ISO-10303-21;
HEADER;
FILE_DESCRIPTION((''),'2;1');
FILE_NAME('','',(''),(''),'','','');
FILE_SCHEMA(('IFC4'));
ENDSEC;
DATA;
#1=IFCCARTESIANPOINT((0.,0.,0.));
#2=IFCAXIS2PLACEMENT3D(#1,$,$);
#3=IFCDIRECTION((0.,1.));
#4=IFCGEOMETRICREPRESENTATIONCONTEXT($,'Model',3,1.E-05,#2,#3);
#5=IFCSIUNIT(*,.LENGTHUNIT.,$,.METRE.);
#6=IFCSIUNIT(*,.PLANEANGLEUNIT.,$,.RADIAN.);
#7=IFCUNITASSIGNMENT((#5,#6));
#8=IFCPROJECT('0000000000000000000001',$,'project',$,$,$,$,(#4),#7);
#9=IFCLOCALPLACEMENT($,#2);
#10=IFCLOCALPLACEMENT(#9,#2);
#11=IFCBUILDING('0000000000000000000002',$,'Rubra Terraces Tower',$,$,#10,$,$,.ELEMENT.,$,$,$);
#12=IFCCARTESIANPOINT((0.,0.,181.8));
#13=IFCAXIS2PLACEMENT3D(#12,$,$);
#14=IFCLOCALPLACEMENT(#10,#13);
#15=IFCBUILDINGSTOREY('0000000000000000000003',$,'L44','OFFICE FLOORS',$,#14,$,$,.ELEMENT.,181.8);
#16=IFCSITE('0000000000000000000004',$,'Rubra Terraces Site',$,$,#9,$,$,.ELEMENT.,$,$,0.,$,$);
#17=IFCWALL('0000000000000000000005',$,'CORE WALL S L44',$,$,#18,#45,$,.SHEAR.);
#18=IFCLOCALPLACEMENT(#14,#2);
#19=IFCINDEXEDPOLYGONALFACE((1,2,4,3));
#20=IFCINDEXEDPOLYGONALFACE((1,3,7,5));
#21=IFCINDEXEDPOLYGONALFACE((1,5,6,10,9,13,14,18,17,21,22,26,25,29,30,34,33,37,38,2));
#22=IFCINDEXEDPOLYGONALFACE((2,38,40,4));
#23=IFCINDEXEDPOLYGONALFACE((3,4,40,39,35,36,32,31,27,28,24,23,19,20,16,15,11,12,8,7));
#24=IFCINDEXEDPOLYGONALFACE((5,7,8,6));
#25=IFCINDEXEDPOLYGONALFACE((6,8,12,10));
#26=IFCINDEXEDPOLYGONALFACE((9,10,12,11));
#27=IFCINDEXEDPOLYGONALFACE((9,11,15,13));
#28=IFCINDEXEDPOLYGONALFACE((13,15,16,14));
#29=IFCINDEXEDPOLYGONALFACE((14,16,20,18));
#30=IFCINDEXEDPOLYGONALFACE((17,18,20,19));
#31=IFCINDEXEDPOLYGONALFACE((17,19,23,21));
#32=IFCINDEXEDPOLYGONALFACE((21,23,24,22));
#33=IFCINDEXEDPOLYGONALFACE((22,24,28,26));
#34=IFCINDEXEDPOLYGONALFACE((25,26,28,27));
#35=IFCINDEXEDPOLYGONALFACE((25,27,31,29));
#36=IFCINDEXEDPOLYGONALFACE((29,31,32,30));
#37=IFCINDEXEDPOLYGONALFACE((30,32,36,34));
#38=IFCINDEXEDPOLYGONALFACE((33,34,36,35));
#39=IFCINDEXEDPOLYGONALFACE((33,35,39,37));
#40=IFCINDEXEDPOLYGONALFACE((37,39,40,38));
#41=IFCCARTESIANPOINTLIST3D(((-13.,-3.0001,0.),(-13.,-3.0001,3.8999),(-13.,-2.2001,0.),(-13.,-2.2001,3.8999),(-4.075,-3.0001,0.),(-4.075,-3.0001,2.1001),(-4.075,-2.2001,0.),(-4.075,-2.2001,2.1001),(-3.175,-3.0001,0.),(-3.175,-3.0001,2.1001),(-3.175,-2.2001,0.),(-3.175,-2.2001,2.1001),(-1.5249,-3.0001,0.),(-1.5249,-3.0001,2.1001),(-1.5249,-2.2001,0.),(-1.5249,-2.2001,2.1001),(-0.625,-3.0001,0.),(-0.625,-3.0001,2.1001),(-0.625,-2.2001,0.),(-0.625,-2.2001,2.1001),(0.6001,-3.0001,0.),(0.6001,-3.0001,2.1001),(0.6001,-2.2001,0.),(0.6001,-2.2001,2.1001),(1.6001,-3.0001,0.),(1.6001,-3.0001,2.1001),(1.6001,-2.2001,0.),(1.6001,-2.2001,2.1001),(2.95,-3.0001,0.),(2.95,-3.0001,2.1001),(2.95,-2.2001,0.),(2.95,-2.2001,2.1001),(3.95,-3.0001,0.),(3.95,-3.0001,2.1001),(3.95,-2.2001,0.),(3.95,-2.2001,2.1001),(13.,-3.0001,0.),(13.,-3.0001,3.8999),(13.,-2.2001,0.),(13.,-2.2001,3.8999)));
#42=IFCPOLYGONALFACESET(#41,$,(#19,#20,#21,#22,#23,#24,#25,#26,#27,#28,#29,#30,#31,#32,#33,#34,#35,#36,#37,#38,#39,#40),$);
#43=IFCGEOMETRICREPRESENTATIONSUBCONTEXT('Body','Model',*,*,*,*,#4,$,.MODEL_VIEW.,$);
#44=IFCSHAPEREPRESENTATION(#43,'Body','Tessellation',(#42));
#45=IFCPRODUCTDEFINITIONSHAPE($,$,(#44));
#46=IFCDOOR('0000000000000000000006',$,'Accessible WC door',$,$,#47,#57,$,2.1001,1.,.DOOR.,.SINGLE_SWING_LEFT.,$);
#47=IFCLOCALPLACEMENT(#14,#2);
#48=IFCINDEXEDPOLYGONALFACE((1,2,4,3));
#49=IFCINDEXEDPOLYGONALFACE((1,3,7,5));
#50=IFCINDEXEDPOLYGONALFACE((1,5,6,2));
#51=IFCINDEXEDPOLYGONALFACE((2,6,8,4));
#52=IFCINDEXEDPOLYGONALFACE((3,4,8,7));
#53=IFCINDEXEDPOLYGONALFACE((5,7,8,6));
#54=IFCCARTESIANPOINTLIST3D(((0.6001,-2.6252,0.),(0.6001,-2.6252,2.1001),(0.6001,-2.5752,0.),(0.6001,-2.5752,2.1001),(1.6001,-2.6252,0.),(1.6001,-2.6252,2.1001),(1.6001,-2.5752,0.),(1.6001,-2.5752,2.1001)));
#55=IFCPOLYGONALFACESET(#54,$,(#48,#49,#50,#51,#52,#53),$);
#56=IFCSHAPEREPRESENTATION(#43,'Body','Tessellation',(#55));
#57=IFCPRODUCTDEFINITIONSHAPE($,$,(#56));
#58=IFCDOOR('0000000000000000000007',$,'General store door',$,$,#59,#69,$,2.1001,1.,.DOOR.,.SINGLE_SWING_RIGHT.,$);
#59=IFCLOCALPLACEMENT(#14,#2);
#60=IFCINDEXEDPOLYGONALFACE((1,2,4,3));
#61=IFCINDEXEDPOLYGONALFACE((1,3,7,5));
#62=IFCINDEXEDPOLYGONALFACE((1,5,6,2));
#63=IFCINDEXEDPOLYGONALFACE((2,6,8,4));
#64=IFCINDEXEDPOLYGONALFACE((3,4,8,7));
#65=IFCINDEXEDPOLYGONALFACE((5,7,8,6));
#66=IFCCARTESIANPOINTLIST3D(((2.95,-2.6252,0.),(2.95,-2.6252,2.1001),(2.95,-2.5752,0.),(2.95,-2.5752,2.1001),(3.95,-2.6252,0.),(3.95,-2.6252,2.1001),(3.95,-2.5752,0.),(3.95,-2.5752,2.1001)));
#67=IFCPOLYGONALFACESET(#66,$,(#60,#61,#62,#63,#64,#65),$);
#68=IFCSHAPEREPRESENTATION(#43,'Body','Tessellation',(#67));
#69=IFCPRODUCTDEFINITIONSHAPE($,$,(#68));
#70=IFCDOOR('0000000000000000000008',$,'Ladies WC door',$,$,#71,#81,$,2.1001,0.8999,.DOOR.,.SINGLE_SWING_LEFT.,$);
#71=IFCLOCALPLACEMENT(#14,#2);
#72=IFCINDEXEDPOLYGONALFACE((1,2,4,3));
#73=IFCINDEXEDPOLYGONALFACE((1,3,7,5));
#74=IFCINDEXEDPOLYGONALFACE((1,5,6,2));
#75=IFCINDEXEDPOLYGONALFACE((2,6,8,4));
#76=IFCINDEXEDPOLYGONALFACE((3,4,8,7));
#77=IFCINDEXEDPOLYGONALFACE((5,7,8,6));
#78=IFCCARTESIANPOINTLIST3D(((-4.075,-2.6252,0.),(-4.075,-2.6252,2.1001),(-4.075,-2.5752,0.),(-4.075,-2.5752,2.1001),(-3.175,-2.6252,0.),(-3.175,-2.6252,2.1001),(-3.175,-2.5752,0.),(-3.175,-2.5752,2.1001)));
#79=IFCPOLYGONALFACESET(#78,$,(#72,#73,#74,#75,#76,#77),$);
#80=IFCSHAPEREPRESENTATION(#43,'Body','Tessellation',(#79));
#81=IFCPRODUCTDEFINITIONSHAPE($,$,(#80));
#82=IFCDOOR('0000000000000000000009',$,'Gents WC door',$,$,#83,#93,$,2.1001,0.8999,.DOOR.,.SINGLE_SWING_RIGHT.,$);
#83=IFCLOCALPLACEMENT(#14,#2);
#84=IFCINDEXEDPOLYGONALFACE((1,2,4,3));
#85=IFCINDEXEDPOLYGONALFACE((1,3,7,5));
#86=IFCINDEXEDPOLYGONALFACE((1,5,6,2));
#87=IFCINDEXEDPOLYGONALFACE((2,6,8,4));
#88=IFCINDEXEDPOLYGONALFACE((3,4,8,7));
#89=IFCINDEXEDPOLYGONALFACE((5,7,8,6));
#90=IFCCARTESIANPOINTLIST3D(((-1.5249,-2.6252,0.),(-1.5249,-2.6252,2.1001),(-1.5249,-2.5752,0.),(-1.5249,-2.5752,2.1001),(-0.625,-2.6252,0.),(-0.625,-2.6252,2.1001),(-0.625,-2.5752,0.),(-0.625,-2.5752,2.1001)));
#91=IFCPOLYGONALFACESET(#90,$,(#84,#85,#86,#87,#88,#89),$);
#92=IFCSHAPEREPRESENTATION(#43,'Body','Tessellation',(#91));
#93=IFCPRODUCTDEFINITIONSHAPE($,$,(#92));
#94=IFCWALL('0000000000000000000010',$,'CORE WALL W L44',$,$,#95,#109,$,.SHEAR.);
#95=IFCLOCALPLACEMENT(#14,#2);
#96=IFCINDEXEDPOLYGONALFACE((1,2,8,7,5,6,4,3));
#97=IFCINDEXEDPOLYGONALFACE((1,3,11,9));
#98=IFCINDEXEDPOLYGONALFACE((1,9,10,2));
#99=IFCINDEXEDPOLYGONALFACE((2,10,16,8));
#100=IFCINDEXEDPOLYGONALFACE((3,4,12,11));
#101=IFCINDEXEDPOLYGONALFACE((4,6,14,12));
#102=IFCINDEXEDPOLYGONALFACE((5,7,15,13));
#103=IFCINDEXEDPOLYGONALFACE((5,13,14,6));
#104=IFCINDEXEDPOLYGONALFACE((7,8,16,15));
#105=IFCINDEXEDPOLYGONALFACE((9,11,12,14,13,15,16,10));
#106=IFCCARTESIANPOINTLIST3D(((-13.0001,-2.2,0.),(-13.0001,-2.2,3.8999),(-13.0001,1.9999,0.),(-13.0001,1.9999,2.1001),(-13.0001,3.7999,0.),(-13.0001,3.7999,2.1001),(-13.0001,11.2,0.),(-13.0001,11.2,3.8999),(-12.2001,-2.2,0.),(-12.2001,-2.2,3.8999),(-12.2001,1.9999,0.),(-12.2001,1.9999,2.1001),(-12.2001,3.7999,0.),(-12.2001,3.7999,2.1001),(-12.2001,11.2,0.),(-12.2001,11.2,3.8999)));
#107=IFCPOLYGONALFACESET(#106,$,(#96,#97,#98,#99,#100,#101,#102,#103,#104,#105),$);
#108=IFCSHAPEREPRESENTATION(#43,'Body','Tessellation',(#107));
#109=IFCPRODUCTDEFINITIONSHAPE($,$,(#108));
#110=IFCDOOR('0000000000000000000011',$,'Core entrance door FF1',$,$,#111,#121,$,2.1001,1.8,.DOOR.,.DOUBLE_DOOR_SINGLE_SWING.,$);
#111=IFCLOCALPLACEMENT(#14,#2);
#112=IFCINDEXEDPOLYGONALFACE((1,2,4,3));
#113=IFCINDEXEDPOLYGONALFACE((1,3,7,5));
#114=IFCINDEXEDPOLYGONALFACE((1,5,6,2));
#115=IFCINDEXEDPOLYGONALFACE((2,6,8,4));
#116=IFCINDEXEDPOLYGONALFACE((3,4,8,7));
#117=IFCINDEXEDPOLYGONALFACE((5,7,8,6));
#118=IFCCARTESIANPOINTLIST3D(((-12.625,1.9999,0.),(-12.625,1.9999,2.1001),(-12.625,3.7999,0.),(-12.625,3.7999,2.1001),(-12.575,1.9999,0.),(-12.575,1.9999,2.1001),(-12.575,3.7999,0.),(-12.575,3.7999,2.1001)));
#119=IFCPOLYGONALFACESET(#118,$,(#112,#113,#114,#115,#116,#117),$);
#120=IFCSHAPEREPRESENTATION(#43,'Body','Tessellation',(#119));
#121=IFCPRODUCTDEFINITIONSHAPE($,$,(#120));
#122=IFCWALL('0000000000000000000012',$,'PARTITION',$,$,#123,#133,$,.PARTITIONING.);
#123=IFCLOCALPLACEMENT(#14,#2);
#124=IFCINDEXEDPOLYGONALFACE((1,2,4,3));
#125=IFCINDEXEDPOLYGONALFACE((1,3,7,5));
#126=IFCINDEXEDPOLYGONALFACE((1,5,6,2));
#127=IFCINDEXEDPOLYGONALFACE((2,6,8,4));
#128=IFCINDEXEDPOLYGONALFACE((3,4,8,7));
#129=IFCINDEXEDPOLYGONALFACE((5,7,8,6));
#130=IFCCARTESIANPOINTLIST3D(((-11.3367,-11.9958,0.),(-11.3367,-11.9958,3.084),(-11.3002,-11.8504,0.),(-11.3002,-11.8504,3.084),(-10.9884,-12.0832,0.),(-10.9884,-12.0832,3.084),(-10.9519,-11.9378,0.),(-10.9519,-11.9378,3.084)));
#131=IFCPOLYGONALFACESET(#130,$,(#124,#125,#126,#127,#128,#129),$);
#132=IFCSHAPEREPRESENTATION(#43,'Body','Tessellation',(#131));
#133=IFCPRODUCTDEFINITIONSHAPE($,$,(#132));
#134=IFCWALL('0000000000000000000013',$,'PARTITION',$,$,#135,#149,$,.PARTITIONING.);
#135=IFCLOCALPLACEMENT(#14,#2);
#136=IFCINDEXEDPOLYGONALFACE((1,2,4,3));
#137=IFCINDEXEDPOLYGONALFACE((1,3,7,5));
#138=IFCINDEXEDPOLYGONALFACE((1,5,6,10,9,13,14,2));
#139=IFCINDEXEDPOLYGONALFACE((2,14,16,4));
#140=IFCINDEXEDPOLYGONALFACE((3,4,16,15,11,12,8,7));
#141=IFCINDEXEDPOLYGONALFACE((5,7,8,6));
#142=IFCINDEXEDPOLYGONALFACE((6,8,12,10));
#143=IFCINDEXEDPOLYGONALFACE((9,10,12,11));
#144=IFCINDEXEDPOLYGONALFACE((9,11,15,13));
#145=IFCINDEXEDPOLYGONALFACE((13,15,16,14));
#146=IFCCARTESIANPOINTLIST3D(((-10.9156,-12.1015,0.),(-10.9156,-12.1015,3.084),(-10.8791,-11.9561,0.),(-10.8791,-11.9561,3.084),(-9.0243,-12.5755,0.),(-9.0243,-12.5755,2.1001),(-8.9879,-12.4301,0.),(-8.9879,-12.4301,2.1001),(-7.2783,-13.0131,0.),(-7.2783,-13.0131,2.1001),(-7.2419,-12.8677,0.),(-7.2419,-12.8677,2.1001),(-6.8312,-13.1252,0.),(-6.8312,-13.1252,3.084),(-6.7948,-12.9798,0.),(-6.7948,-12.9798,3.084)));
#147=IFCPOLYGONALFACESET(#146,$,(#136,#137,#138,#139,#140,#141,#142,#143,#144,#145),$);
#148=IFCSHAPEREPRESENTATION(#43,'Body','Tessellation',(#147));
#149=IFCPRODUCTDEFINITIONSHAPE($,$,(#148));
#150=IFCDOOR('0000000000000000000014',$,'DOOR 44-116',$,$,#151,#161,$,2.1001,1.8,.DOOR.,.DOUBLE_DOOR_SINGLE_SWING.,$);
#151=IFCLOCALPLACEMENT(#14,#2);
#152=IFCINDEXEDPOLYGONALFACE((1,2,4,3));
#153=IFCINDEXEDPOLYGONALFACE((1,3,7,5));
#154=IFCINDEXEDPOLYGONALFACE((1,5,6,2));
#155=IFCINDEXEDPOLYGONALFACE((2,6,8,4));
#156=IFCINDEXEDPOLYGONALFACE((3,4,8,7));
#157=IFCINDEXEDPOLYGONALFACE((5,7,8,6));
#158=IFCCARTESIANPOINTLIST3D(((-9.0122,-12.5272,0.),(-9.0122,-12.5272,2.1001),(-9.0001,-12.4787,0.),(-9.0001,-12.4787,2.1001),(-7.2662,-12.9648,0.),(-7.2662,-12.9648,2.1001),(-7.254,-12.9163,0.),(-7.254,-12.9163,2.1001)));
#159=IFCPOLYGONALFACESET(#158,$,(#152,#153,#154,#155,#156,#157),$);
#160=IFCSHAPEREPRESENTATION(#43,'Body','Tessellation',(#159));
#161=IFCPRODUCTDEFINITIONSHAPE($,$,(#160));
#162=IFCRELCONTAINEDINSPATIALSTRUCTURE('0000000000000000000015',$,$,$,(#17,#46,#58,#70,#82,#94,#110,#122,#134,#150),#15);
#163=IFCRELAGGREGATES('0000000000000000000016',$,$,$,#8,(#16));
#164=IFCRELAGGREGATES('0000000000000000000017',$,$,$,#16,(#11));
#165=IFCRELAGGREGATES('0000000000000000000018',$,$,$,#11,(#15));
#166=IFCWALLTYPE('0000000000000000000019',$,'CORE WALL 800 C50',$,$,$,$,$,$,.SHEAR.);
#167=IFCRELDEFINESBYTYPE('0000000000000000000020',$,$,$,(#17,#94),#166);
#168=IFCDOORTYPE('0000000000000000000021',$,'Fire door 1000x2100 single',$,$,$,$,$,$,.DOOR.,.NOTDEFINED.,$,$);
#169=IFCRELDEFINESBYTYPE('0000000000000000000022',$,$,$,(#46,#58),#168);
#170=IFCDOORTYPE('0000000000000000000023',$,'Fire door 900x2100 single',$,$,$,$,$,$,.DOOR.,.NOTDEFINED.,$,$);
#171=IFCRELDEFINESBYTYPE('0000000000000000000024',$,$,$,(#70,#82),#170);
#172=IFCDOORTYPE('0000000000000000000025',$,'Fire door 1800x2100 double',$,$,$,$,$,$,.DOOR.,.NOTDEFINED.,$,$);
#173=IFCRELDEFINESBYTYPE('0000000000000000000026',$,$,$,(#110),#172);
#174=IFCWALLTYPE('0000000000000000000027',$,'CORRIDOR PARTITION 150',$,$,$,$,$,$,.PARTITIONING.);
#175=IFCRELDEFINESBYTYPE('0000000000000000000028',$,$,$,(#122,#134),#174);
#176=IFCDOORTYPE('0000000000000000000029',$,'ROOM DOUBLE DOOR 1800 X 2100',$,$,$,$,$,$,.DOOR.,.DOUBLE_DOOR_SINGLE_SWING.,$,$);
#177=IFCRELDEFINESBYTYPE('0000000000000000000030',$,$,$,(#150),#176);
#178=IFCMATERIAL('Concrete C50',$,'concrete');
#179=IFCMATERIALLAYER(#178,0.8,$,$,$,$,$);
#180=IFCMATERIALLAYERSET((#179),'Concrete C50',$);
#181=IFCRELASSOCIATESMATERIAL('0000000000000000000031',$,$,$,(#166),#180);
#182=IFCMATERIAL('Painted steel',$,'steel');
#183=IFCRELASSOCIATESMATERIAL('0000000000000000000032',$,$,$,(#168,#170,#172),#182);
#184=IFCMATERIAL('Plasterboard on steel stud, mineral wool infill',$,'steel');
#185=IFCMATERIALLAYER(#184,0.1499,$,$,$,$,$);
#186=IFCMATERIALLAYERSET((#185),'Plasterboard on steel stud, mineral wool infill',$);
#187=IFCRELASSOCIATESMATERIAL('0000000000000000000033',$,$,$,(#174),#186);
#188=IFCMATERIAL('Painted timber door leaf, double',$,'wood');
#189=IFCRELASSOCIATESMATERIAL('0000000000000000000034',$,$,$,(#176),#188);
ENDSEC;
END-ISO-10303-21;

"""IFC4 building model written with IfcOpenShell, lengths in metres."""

from ifc_helpers import new_model, si_unit, direction, frame, frame_2d, origin, place, context, subcontext, project, spatial, rectangle, extrude, material, layer, layer_set, type_object, element, fill, save


model = new_model("IFC4")

# Units and contexts
model_context = context("Model", 3, precision=1e-05, world=origin(), true_north=direction((0.0, 1.0)))
body_context = subcontext(model_context, "Body", "Model", "MODEL_VIEW")
ifc_project = project(units=[si_unit("LENGTHUNIT", "METRE"), si_unit("PLANEANGLEUNIT", "RADIAN")], contexts=[model_context])

# Site, building, storey
site_placement = place(None, origin())
site = spatial("IfcSite", under=ifc_project, at=site_placement, Name="Rubra Terraces Site", CompositionType="ELEMENT", RefElevation=0.0)
building_placement = place(site_placement, origin())
building = spatial("IfcBuilding", under=site, at=building_placement, Name="Rubra Terraces Tower", CompositionType="ELEMENT")
storey_placement = place(building_placement, frame((0.0, 0.0, 181.8)))
storey = spatial("IfcBuildingStorey", under=building, at=storey_placement, Name="L44", Description="OFFICE FLOORS", CompositionType="ELEMENT", Elevation=181.8)

# Wall, openings, doors
ifc_material_1 = material(Name="Concrete C50", Category="concrete")
ifc_layer_1 = layer(ifc_material_1, 0.8)
ifc_layer_set_1 = layer_set([ifc_layer_1], Name="Concrete C50")
wall_type_1 = type_object("IfcWallType", Name="CORE WALL 800 C50", PredefinedType="SHEAR", material=ifc_layer_set_1)
wall_1_placement = place(storey_placement, frame((-13.0, -2.6001, 0.0), z_axis=(0.0, 0.0, 1.0), x_axis=(1.0, 0.0, 0.0)))
wall_1 = element("IfcWall", 1, at=wall_1_placement, inside=storey, type_object=wall_type_1, Name="CORE WALL S L44", PredefinedType="SHEAR", context=body_context, shape_type="SweptSolid", body=[
    extrude(rectangle(XDim=26.0, YDim=0.8, at=frame_2d((13.0, 0.0))), origin(), (0.0, 0.0, 1.0), 3.8999),
])
opening_1_placement = place(wall_1_placement, frame((8.925, 0.0, 0.0)))
opening_1 = element("IfcOpeningElement", 2, at=opening_1_placement, cuts=wall_1, PredefinedType="OPENING", context=body_context, shape_type="SweptSolid", body=[
    extrude(rectangle(XDim=0.8999, YDim=2.1001, at=frame_2d((0.45, 1.05))), frame((0.0, 0.4099, 0.0), z_axis=(0.0, -1.0, 0.0), x_axis=(1.0, 0.0, 0.0)), (0.0, 0.0, 1.0), 0.8201),
])
opening_2_placement = place(wall_1_placement, frame((11.4751, 0.0, 0.0)))
opening_2 = element("IfcOpeningElement", 3, at=opening_2_placement, cuts=wall_1, PredefinedType="OPENING", context=body_context, shape_type="SweptSolid", body=[
    extrude(rectangle(XDim=0.8999, YDim=2.1001, at=frame_2d((0.45, 1.05))), frame((0.0, 0.4099, 0.0), z_axis=(0.0, -1.0, 0.0), x_axis=(1.0, 0.0, 0.0)), (0.0, 0.0, 1.0), 0.8201),
])
opening_3_placement = place(wall_1_placement, frame((13.6001, 0.0, 0.0)))
opening_3 = element("IfcOpeningElement", 4, at=opening_3_placement, cuts=wall_1, PredefinedType="OPENING", context=body_context, shape_type="SweptSolid", body=[
    extrude(rectangle(XDim=1.0, YDim=2.1001, at=frame_2d((0.5, 1.05))), frame((0.0, 0.4099, 0.0), z_axis=(0.0, -1.0, 0.0), x_axis=(1.0, 0.0, 0.0)), (0.0, 0.0, 1.0), 0.8201),
])
opening_4_placement = place(wall_1_placement, frame((15.95, 0.0, 0.0)))
opening_4 = element("IfcOpeningElement", 5, at=opening_4_placement, cuts=wall_1, PredefinedType="OPENING", context=body_context, shape_type="SweptSolid", body=[
    extrude(rectangle(XDim=1.0, YDim=2.1001, at=frame_2d((0.5, 1.05))), frame((0.0, 0.4099, 0.0), z_axis=(0.0, -1.0, 0.0), x_axis=(1.0, 0.0, 0.0)), (0.0, 0.0, 1.0), 0.8201),
])
ifc_material_2 = material(Name="Painted steel", Category="steel")
door_type_1 = type_object("IfcDoorType", Name="Fire door 1000x2100 single", OperationType="NOTDEFINED", PredefinedType="DOOR", material=ifc_material_2)
door_1_placement = place(opening_3_placement, origin())
door_1 = element("IfcDoor", 6, at=door_1_placement, inside=storey, type_object=door_type_1, Name="Accessible WC door", OperationType="SINGLE_SWING_LEFT", OverallHeight=2.1001, OverallWidth=1.0, PredefinedType="DOOR", context=body_context, shape_type="SweptSolid", body=[
    extrude(rectangle(XDim=1.0, YDim=2.1001, at=frame_2d((0.5, 1.05))), frame((0.0, 0.0249, 0.0), z_axis=(0.0, -1.0, 0.0), x_axis=(1.0, 0.0, 0.0)), (0.0, 0.0, 1.0), 0.05),
])
fill(opening_3, door_1)
door_2_placement = place(opening_4_placement, origin())
door_2 = element("IfcDoor", 7, at=door_2_placement, inside=storey, type_object=door_type_1, Name="General store door", OperationType="SINGLE_SWING_RIGHT", OverallHeight=2.1001, OverallWidth=1.0, PredefinedType="DOOR", context=body_context, shape_type="SweptSolid", body=[
    extrude(rectangle(XDim=1.0, YDim=2.1001, at=frame_2d((0.5, 1.05))), frame((0.0, 0.0249, 0.0), z_axis=(0.0, -1.0, 0.0), x_axis=(1.0, 0.0, 0.0)), (0.0, 0.0, 1.0), 0.05),
])
fill(opening_4, door_2)
door_type_2 = type_object("IfcDoorType", Name="Fire door 900x2100 single", OperationType="NOTDEFINED", PredefinedType="DOOR", material=ifc_material_2)
door_3_placement = place(opening_1_placement, origin())
door_3 = element("IfcDoor", 8, at=door_3_placement, inside=storey, type_object=door_type_2, Name="Ladies WC door", OperationType="SINGLE_SWING_LEFT", OverallHeight=2.1001, OverallWidth=0.8999, PredefinedType="DOOR", context=body_context, shape_type="SweptSolid", body=[
    extrude(rectangle(XDim=0.8999, YDim=2.1001, at=frame_2d((0.45, 1.05))), frame((0.0, 0.0249, 0.0), z_axis=(0.0, -1.0, 0.0), x_axis=(1.0, 0.0, 0.0)), (0.0, 0.0, 1.0), 0.05),
])
fill(opening_1, door_3)
door_4_placement = place(opening_2_placement, origin())
door_4 = element("IfcDoor", 9, at=door_4_placement, inside=storey, type_object=door_type_2, Name="Gents WC door", OperationType="SINGLE_SWING_RIGHT", OverallHeight=2.1001, OverallWidth=0.8999, PredefinedType="DOOR", context=body_context, shape_type="SweptSolid", body=[
    extrude(rectangle(XDim=0.8999, YDim=2.1001, at=frame_2d((0.45, 1.05))), frame((0.0, 0.0249, 0.0), z_axis=(0.0, -1.0, 0.0), x_axis=(1.0, 0.0, 0.0)), (0.0, 0.0, 1.0), 0.05),
])
fill(opening_2, door_4)

# Wall, opening, door
wall_2_placement = place(storey_placement, frame((-12.6001, -2.2, 0.0), z_axis=(0.0, 0.0, 1.0), x_axis=(0.0, 1.0, 0.0)))
wall_2 = element("IfcWall", 10, at=wall_2_placement, inside=storey, type_object=wall_type_1, Name="CORE WALL W L44", PredefinedType="SHEAR", context=body_context, shape_type="SweptSolid", body=[
    extrude(rectangle(XDim=13.3999, YDim=0.8, at=frame_2d((6.7, 0.0))), origin(), (0.0, 0.0, 1.0), 3.8999),
])
opening_5_placement = place(wall_2_placement, frame((4.2, 0.0, 0.0)))
opening_5 = element("IfcOpeningElement", 11, at=opening_5_placement, cuts=wall_2, PredefinedType="OPENING", context=body_context, shape_type="SweptSolid", body=[
    extrude(rectangle(XDim=1.8, YDim=2.1001, at=frame_2d((0.8999, 1.05))), frame((0.0, 0.4099, 0.0), z_axis=(0.0, -1.0, 0.0), x_axis=(1.0, 0.0, 0.0)), (0.0, 0.0, 1.0), 0.8201),
])
door_type_3 = type_object("IfcDoorType", Name="Fire door 1800x2100 double", OperationType="NOTDEFINED", PredefinedType="DOOR", material=ifc_material_2)
door_5_placement = place(opening_5_placement, origin())
door_5 = element("IfcDoor", 12, at=door_5_placement, inside=storey, type_object=door_type_3, Name="Core entrance door FF1", OperationType="DOUBLE_DOOR_SINGLE_SWING", OverallHeight=2.1001, OverallWidth=1.8, PredefinedType="DOOR", context=body_context, shape_type="SweptSolid", body=[
    extrude(rectangle(XDim=1.8, YDim=2.1001, at=frame_2d((0.8999, 1.05))), frame((0.0, 0.0249, 0.0), z_axis=(0.0, -1.0, 0.0), x_axis=(1.0, 0.0, 0.0)), (0.0, 0.0, 1.0), 0.05),
])
fill(opening_5, door_5)

# Wall
ifc_material_3 = material(Name="Plasterboard on steel stud, mineral wool infill", Category="steel")
ifc_layer_2 = layer(ifc_material_3, 0.1499)
ifc_layer_set_2 = layer_set([ifc_layer_2], Name="Plasterboard on steel stud, mineral wool infill")
wall_type_2 = type_object("IfcWallType", Name="CORRIDOR PARTITION 150", PredefinedType="PARTITIONING", material=ifc_layer_set_2)
wall_3_placement = place(storey_placement, frame((-11.3186, -11.9231, 0.0), z_axis=(0.0, 0.0, 1.0), x_axis=(0.969942, -0.243335, 0.0)))
element("IfcWall", 13, at=wall_3_placement, inside=storey, type_object=wall_type_2, Name="PARTITION", PredefinedType="PARTITIONING", context=body_context, shape_type="SweptSolid", body=[
    extrude(rectangle(XDim=0.3591, YDim=0.1499, at=frame_2d((0.1797, 0.0))), origin(), (0.0, 0.0, 1.0), 3.084),
])

# Wall, opening, door
wall_4_placement = place(storey_placement, frame((-10.8975, -12.0288, 0.0), z_axis=(0.0, 0.0, 1.0), x_axis=(0.969999, -0.243109, 0.0)))
wall_4 = element("IfcWall", 14, at=wall_4_placement, inside=storey, type_object=wall_type_2, Name="PARTITION", PredefinedType="PARTITIONING", context=body_context, shape_type="SweptSolid", body=[
    extrude(rectangle(XDim=4.2107, YDim=0.1499, at=frame_2d((2.1055, 0.0))), origin(), (0.0, 0.0, 1.0), 3.084),
])
opening_6_placement = place(wall_4_placement, frame((1.95, 0.0, 0.0)))
opening_6 = element("IfcOpeningElement", 15, at=opening_6_placement, cuts=wall_4, PredefinedType="OPENING", context=body_context, shape_type="SweptSolid", body=[
    extrude(rectangle(XDim=1.8, YDim=2.1001, at=frame_2d((0.8999, 1.05))), frame((0.0, 0.085, 0.0), z_axis=(0.0, -1.0, 0.0), x_axis=(1.0, 0.0, 0.0)), (0.0, 0.0, 1.0), 0.1699),
])
ifc_material_4 = material(Name="Painted timber door leaf, double", Category="wood")
door_type_4 = type_object("IfcDoorType", Name="ROOM DOUBLE DOOR 1800 X 2100", OperationType="DOUBLE_DOOR_SINGLE_SWING", PredefinedType="DOOR", material=ifc_material_4)
door_6_placement = place(opening_6_placement, origin())
door_6 = element("IfcDoor", 16, at=door_6_placement, inside=storey, type_object=door_type_4, Name="DOOR 44-116", OperationType="DOUBLE_DOOR_SINGLE_SWING", OverallHeight=2.1001, OverallWidth=1.8, PredefinedType="DOOR", context=body_context, shape_type="SweptSolid", body=[
    extrude(rectangle(XDim=1.8, YDim=2.1001, at=frame_2d((0.8999, 1.05))), frame((0.0, 0.0249, 0.0), z_axis=(0.0, -1.0, 0.0), x_axis=(1.0, 0.0, 0.0)), (0.0, 0.0, 1.0), 0.05),
])
fill(opening_6, door_6)

save(model, "model.ifc")
